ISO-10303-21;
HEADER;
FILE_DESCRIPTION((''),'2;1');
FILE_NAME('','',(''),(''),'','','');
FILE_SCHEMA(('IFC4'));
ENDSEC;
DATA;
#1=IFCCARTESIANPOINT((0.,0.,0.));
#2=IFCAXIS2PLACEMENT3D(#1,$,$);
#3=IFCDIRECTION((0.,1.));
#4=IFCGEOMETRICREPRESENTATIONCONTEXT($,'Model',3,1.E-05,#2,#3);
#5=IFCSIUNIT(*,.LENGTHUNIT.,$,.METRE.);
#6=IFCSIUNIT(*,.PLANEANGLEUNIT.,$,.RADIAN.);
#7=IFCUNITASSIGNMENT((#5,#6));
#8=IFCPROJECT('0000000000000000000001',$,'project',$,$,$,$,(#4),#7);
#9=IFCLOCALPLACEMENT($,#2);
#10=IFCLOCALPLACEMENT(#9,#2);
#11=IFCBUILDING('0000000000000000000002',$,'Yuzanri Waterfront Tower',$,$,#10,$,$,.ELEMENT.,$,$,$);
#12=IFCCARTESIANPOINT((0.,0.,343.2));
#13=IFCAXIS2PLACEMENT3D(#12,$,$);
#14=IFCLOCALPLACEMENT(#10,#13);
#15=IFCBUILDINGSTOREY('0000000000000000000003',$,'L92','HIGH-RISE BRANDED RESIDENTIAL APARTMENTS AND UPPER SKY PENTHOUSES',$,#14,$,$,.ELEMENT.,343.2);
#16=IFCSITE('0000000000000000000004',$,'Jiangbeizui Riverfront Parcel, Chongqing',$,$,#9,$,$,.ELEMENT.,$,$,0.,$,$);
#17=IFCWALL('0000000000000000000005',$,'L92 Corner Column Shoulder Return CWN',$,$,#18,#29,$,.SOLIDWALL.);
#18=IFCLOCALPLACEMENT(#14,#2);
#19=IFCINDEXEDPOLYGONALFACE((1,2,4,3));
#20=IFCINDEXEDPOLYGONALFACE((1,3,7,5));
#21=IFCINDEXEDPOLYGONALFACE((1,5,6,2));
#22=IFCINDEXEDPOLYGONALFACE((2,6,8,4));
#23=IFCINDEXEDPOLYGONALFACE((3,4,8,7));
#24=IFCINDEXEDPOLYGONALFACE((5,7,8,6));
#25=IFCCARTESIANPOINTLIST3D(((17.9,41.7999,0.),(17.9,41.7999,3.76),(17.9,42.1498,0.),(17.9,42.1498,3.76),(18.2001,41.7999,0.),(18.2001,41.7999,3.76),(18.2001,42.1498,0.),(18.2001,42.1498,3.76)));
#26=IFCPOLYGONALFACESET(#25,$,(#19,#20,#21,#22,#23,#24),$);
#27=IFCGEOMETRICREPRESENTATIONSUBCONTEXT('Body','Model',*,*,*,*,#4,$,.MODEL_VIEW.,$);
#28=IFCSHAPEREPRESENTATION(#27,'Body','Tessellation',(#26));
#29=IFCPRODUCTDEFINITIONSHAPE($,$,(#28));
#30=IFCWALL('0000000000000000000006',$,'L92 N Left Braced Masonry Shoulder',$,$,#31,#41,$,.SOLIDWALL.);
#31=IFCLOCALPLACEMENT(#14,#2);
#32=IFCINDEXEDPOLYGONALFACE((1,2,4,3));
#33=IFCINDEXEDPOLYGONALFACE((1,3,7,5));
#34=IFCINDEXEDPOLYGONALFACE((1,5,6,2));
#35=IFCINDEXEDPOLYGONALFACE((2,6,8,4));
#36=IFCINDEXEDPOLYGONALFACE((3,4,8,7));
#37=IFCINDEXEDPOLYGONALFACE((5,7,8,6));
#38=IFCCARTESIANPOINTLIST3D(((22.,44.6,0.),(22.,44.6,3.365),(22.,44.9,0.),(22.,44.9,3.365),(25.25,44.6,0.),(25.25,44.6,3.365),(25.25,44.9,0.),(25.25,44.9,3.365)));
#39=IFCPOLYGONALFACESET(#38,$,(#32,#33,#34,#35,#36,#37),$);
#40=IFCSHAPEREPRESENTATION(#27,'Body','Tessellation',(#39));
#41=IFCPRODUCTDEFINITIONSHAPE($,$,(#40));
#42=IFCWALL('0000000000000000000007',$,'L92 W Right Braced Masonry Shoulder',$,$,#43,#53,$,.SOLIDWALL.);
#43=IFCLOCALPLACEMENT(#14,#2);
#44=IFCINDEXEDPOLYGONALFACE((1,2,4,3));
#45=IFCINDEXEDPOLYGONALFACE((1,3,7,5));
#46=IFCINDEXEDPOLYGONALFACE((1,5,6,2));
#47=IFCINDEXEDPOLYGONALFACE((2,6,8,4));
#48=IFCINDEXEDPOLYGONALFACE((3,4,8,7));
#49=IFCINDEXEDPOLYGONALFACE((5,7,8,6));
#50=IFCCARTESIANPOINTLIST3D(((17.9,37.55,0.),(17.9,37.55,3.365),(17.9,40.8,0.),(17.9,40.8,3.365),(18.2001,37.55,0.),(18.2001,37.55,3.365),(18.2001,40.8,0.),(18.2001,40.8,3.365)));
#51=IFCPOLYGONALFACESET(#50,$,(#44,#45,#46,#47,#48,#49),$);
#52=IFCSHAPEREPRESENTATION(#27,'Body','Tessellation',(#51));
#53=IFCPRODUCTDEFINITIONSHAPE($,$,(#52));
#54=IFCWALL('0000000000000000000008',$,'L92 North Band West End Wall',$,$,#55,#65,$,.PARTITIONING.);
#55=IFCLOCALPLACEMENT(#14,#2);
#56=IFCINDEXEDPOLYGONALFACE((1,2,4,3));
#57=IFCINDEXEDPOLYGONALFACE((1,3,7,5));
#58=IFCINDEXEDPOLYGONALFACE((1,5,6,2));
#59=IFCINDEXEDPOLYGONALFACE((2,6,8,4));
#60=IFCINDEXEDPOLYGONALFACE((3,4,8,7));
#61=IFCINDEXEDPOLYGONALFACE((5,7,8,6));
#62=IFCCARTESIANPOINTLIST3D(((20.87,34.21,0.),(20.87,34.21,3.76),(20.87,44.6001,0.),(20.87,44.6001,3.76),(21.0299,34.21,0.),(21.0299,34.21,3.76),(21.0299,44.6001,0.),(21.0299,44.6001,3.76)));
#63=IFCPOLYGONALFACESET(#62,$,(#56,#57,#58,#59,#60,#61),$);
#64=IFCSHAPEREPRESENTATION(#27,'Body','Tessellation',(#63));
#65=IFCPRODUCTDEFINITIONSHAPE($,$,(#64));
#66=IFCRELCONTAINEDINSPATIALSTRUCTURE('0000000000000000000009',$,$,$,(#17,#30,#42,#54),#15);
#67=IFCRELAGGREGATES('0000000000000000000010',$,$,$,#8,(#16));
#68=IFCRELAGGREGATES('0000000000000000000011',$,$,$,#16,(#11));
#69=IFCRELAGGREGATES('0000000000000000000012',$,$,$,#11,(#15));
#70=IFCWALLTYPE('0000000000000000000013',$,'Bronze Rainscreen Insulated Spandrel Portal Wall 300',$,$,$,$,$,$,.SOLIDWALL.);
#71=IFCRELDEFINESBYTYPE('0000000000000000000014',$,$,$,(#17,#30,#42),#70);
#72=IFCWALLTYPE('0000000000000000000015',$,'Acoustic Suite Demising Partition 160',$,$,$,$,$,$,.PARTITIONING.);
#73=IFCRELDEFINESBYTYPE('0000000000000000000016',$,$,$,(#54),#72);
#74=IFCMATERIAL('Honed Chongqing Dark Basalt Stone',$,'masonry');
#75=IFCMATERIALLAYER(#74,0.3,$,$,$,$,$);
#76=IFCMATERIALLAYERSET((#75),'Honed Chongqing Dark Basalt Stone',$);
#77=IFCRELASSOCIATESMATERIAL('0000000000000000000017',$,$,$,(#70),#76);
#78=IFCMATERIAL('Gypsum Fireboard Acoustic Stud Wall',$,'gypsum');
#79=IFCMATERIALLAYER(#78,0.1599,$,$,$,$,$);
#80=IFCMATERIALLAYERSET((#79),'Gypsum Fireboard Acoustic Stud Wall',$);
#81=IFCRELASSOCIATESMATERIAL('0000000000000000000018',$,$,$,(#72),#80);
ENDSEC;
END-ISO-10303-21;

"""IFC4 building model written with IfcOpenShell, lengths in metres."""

from ifc_helpers import new_model, si_unit, direction, frame, frame_2d, origin, place, context, subcontext, project, spatial, rectangle, extrude, source, transform, mapped, material, layer, layer_set, type_object, element, save


model = new_model("IFC4")

# Units and contexts
model_context = context("Model", 3, precision=1e-05, world=origin(), true_north=direction((0.0, 1.0)))
body_context = subcontext(model_context, "Body", "Model", "MODEL_VIEW")
ifc_project = project(units=[si_unit("LENGTHUNIT", "METRE"), si_unit("PLANEANGLEUNIT", "RADIAN")], contexts=[model_context])

# Site, building, storey
site_placement = place(None, origin())
site = spatial("IfcSite", under=ifc_project, at=site_placement, Name="Jiangbeizui Riverfront Parcel, Chongqing", CompositionType="ELEMENT", RefElevation=0.0)
building_placement = place(site_placement, origin())
building = spatial("IfcBuilding", under=site, at=building_placement, Name="Yuzanri Waterfront Tower", CompositionType="ELEMENT")
storey_placement = place(building_placement, frame((0.0, 0.0, 343.2)))
storey = spatial("IfcBuildingStorey", under=building, at=storey_placement, Name="L92", Description="HIGH-RISE BRANDED RESIDENTIAL APARTMENTS AND UPPER SKY PENTHOUSES", CompositionType="ELEMENT", Elevation=343.2)

# Shared definitions
ifc_material_1 = material(Name="Honed Chongqing Dark Basalt Stone", Category="masonry")
ifc_layer_1 = layer(ifc_material_1, 0.3)
ifc_layer_set_1 = layer_set([ifc_layer_1], Name="Honed Chongqing Dark Basalt Stone")
wall_type_1 = type_object("IfcWallType", Name="Bronze Rainscreen Insulated Spandrel Portal Wall 300", PredefinedType="SOLIDWALL", material=ifc_layer_set_1)

# Walls
shared_shape_1 = source(origin(), body_context, "Body", "SweptSolid", [
    extrude(rectangle(XDim=0.3499, YDim=0.3, at=frame_2d((0.1748, 0.0))), origin(), (0.0, 0.0, 1.0), 3.76),
])
wall_1_placement = place(storey_placement, frame((18.05, 41.8, 0.0), z_axis=(0.0, 0.0, 1.0), x_axis=(0.0, 1.0, 0.0)))
element("IfcWall", 1, at=wall_1_placement, inside=storey, type_object=wall_type_1, Name="L92 Corner Column Shoulder Return CWN", PredefinedType="SOLIDWALL", context=body_context, shape_type="MappedRepresentation", body=[
    mapped(shared_shape_1, transform((0.0, 0.0, 0.0), scale=1.0)),
])
shared_shape_2 = source(origin(), body_context, "Body", "SweptSolid", [
    extrude(rectangle(XDim=3.25, YDim=0.3, at=frame_2d((1.625, 0.0))), origin(), (0.0, 0.0, 1.0), 3.365),
])
for number, where, z_axis, x_axis, name in (
    (2, (22.0, 44.75, 0.0), (0.0, 0.0, 1.0), (1.0, 0.0, 0.0), "L92 N Left Braced Masonry Shoulder"),
    (3, (18.05, 37.55, 0.0), (0.0, 0.0, 1.0), (0.0, 1.0, 0.0), "L92 W Right Braced Masonry Shoulder"),
):
    element("IfcWall", number, at=place(storey_placement, frame(where, z_axis=z_axis, x_axis=x_axis)), inside=storey, type_object=wall_type_1, Name=name, PredefinedType="SOLIDWALL", context=body_context, shape_type="MappedRepresentation", body=[
        mapped(shared_shape_2, transform((0.0, 0.0, 0.0), scale=1.0)),
    ])
ifc_material_2 = material(Name="Gypsum Fireboard Acoustic Stud Wall", Category="gypsum")
ifc_layer_2 = layer(ifc_material_2, 0.1599)
ifc_layer_set_2 = layer_set([ifc_layer_2], Name="Gypsum Fireboard Acoustic Stud Wall")
wall_type_2 = type_object("IfcWallType", Name="Acoustic Suite Demising Partition 160", PredefinedType="PARTITIONING", material=ifc_layer_set_2)
shared_shape_3 = source(origin(), body_context, "Body", "SweptSolid", [
    extrude(rectangle(XDim=10.3901, YDim=0.1599, at=frame_2d((5.1951, 0.0))), origin(), (0.0, 0.0, 1.0), 3.76),
])
wall_2_placement = place(storey_placement, frame((20.95, 34.21, 0.0), z_axis=(0.0, 0.0, 1.0), x_axis=(0.0, 1.0, 0.0)))
element("IfcWall", 4, at=wall_2_placement, inside=storey, type_object=wall_type_2, Name="L92 North Band West End Wall", PredefinedType="PARTITIONING", context=body_context, shape_type="MappedRepresentation", body=[
    mapped(shared_shape_3, transform((0.0, 0.0, 0.0), scale=1.0)),
])

save(model, "model.ifc")
